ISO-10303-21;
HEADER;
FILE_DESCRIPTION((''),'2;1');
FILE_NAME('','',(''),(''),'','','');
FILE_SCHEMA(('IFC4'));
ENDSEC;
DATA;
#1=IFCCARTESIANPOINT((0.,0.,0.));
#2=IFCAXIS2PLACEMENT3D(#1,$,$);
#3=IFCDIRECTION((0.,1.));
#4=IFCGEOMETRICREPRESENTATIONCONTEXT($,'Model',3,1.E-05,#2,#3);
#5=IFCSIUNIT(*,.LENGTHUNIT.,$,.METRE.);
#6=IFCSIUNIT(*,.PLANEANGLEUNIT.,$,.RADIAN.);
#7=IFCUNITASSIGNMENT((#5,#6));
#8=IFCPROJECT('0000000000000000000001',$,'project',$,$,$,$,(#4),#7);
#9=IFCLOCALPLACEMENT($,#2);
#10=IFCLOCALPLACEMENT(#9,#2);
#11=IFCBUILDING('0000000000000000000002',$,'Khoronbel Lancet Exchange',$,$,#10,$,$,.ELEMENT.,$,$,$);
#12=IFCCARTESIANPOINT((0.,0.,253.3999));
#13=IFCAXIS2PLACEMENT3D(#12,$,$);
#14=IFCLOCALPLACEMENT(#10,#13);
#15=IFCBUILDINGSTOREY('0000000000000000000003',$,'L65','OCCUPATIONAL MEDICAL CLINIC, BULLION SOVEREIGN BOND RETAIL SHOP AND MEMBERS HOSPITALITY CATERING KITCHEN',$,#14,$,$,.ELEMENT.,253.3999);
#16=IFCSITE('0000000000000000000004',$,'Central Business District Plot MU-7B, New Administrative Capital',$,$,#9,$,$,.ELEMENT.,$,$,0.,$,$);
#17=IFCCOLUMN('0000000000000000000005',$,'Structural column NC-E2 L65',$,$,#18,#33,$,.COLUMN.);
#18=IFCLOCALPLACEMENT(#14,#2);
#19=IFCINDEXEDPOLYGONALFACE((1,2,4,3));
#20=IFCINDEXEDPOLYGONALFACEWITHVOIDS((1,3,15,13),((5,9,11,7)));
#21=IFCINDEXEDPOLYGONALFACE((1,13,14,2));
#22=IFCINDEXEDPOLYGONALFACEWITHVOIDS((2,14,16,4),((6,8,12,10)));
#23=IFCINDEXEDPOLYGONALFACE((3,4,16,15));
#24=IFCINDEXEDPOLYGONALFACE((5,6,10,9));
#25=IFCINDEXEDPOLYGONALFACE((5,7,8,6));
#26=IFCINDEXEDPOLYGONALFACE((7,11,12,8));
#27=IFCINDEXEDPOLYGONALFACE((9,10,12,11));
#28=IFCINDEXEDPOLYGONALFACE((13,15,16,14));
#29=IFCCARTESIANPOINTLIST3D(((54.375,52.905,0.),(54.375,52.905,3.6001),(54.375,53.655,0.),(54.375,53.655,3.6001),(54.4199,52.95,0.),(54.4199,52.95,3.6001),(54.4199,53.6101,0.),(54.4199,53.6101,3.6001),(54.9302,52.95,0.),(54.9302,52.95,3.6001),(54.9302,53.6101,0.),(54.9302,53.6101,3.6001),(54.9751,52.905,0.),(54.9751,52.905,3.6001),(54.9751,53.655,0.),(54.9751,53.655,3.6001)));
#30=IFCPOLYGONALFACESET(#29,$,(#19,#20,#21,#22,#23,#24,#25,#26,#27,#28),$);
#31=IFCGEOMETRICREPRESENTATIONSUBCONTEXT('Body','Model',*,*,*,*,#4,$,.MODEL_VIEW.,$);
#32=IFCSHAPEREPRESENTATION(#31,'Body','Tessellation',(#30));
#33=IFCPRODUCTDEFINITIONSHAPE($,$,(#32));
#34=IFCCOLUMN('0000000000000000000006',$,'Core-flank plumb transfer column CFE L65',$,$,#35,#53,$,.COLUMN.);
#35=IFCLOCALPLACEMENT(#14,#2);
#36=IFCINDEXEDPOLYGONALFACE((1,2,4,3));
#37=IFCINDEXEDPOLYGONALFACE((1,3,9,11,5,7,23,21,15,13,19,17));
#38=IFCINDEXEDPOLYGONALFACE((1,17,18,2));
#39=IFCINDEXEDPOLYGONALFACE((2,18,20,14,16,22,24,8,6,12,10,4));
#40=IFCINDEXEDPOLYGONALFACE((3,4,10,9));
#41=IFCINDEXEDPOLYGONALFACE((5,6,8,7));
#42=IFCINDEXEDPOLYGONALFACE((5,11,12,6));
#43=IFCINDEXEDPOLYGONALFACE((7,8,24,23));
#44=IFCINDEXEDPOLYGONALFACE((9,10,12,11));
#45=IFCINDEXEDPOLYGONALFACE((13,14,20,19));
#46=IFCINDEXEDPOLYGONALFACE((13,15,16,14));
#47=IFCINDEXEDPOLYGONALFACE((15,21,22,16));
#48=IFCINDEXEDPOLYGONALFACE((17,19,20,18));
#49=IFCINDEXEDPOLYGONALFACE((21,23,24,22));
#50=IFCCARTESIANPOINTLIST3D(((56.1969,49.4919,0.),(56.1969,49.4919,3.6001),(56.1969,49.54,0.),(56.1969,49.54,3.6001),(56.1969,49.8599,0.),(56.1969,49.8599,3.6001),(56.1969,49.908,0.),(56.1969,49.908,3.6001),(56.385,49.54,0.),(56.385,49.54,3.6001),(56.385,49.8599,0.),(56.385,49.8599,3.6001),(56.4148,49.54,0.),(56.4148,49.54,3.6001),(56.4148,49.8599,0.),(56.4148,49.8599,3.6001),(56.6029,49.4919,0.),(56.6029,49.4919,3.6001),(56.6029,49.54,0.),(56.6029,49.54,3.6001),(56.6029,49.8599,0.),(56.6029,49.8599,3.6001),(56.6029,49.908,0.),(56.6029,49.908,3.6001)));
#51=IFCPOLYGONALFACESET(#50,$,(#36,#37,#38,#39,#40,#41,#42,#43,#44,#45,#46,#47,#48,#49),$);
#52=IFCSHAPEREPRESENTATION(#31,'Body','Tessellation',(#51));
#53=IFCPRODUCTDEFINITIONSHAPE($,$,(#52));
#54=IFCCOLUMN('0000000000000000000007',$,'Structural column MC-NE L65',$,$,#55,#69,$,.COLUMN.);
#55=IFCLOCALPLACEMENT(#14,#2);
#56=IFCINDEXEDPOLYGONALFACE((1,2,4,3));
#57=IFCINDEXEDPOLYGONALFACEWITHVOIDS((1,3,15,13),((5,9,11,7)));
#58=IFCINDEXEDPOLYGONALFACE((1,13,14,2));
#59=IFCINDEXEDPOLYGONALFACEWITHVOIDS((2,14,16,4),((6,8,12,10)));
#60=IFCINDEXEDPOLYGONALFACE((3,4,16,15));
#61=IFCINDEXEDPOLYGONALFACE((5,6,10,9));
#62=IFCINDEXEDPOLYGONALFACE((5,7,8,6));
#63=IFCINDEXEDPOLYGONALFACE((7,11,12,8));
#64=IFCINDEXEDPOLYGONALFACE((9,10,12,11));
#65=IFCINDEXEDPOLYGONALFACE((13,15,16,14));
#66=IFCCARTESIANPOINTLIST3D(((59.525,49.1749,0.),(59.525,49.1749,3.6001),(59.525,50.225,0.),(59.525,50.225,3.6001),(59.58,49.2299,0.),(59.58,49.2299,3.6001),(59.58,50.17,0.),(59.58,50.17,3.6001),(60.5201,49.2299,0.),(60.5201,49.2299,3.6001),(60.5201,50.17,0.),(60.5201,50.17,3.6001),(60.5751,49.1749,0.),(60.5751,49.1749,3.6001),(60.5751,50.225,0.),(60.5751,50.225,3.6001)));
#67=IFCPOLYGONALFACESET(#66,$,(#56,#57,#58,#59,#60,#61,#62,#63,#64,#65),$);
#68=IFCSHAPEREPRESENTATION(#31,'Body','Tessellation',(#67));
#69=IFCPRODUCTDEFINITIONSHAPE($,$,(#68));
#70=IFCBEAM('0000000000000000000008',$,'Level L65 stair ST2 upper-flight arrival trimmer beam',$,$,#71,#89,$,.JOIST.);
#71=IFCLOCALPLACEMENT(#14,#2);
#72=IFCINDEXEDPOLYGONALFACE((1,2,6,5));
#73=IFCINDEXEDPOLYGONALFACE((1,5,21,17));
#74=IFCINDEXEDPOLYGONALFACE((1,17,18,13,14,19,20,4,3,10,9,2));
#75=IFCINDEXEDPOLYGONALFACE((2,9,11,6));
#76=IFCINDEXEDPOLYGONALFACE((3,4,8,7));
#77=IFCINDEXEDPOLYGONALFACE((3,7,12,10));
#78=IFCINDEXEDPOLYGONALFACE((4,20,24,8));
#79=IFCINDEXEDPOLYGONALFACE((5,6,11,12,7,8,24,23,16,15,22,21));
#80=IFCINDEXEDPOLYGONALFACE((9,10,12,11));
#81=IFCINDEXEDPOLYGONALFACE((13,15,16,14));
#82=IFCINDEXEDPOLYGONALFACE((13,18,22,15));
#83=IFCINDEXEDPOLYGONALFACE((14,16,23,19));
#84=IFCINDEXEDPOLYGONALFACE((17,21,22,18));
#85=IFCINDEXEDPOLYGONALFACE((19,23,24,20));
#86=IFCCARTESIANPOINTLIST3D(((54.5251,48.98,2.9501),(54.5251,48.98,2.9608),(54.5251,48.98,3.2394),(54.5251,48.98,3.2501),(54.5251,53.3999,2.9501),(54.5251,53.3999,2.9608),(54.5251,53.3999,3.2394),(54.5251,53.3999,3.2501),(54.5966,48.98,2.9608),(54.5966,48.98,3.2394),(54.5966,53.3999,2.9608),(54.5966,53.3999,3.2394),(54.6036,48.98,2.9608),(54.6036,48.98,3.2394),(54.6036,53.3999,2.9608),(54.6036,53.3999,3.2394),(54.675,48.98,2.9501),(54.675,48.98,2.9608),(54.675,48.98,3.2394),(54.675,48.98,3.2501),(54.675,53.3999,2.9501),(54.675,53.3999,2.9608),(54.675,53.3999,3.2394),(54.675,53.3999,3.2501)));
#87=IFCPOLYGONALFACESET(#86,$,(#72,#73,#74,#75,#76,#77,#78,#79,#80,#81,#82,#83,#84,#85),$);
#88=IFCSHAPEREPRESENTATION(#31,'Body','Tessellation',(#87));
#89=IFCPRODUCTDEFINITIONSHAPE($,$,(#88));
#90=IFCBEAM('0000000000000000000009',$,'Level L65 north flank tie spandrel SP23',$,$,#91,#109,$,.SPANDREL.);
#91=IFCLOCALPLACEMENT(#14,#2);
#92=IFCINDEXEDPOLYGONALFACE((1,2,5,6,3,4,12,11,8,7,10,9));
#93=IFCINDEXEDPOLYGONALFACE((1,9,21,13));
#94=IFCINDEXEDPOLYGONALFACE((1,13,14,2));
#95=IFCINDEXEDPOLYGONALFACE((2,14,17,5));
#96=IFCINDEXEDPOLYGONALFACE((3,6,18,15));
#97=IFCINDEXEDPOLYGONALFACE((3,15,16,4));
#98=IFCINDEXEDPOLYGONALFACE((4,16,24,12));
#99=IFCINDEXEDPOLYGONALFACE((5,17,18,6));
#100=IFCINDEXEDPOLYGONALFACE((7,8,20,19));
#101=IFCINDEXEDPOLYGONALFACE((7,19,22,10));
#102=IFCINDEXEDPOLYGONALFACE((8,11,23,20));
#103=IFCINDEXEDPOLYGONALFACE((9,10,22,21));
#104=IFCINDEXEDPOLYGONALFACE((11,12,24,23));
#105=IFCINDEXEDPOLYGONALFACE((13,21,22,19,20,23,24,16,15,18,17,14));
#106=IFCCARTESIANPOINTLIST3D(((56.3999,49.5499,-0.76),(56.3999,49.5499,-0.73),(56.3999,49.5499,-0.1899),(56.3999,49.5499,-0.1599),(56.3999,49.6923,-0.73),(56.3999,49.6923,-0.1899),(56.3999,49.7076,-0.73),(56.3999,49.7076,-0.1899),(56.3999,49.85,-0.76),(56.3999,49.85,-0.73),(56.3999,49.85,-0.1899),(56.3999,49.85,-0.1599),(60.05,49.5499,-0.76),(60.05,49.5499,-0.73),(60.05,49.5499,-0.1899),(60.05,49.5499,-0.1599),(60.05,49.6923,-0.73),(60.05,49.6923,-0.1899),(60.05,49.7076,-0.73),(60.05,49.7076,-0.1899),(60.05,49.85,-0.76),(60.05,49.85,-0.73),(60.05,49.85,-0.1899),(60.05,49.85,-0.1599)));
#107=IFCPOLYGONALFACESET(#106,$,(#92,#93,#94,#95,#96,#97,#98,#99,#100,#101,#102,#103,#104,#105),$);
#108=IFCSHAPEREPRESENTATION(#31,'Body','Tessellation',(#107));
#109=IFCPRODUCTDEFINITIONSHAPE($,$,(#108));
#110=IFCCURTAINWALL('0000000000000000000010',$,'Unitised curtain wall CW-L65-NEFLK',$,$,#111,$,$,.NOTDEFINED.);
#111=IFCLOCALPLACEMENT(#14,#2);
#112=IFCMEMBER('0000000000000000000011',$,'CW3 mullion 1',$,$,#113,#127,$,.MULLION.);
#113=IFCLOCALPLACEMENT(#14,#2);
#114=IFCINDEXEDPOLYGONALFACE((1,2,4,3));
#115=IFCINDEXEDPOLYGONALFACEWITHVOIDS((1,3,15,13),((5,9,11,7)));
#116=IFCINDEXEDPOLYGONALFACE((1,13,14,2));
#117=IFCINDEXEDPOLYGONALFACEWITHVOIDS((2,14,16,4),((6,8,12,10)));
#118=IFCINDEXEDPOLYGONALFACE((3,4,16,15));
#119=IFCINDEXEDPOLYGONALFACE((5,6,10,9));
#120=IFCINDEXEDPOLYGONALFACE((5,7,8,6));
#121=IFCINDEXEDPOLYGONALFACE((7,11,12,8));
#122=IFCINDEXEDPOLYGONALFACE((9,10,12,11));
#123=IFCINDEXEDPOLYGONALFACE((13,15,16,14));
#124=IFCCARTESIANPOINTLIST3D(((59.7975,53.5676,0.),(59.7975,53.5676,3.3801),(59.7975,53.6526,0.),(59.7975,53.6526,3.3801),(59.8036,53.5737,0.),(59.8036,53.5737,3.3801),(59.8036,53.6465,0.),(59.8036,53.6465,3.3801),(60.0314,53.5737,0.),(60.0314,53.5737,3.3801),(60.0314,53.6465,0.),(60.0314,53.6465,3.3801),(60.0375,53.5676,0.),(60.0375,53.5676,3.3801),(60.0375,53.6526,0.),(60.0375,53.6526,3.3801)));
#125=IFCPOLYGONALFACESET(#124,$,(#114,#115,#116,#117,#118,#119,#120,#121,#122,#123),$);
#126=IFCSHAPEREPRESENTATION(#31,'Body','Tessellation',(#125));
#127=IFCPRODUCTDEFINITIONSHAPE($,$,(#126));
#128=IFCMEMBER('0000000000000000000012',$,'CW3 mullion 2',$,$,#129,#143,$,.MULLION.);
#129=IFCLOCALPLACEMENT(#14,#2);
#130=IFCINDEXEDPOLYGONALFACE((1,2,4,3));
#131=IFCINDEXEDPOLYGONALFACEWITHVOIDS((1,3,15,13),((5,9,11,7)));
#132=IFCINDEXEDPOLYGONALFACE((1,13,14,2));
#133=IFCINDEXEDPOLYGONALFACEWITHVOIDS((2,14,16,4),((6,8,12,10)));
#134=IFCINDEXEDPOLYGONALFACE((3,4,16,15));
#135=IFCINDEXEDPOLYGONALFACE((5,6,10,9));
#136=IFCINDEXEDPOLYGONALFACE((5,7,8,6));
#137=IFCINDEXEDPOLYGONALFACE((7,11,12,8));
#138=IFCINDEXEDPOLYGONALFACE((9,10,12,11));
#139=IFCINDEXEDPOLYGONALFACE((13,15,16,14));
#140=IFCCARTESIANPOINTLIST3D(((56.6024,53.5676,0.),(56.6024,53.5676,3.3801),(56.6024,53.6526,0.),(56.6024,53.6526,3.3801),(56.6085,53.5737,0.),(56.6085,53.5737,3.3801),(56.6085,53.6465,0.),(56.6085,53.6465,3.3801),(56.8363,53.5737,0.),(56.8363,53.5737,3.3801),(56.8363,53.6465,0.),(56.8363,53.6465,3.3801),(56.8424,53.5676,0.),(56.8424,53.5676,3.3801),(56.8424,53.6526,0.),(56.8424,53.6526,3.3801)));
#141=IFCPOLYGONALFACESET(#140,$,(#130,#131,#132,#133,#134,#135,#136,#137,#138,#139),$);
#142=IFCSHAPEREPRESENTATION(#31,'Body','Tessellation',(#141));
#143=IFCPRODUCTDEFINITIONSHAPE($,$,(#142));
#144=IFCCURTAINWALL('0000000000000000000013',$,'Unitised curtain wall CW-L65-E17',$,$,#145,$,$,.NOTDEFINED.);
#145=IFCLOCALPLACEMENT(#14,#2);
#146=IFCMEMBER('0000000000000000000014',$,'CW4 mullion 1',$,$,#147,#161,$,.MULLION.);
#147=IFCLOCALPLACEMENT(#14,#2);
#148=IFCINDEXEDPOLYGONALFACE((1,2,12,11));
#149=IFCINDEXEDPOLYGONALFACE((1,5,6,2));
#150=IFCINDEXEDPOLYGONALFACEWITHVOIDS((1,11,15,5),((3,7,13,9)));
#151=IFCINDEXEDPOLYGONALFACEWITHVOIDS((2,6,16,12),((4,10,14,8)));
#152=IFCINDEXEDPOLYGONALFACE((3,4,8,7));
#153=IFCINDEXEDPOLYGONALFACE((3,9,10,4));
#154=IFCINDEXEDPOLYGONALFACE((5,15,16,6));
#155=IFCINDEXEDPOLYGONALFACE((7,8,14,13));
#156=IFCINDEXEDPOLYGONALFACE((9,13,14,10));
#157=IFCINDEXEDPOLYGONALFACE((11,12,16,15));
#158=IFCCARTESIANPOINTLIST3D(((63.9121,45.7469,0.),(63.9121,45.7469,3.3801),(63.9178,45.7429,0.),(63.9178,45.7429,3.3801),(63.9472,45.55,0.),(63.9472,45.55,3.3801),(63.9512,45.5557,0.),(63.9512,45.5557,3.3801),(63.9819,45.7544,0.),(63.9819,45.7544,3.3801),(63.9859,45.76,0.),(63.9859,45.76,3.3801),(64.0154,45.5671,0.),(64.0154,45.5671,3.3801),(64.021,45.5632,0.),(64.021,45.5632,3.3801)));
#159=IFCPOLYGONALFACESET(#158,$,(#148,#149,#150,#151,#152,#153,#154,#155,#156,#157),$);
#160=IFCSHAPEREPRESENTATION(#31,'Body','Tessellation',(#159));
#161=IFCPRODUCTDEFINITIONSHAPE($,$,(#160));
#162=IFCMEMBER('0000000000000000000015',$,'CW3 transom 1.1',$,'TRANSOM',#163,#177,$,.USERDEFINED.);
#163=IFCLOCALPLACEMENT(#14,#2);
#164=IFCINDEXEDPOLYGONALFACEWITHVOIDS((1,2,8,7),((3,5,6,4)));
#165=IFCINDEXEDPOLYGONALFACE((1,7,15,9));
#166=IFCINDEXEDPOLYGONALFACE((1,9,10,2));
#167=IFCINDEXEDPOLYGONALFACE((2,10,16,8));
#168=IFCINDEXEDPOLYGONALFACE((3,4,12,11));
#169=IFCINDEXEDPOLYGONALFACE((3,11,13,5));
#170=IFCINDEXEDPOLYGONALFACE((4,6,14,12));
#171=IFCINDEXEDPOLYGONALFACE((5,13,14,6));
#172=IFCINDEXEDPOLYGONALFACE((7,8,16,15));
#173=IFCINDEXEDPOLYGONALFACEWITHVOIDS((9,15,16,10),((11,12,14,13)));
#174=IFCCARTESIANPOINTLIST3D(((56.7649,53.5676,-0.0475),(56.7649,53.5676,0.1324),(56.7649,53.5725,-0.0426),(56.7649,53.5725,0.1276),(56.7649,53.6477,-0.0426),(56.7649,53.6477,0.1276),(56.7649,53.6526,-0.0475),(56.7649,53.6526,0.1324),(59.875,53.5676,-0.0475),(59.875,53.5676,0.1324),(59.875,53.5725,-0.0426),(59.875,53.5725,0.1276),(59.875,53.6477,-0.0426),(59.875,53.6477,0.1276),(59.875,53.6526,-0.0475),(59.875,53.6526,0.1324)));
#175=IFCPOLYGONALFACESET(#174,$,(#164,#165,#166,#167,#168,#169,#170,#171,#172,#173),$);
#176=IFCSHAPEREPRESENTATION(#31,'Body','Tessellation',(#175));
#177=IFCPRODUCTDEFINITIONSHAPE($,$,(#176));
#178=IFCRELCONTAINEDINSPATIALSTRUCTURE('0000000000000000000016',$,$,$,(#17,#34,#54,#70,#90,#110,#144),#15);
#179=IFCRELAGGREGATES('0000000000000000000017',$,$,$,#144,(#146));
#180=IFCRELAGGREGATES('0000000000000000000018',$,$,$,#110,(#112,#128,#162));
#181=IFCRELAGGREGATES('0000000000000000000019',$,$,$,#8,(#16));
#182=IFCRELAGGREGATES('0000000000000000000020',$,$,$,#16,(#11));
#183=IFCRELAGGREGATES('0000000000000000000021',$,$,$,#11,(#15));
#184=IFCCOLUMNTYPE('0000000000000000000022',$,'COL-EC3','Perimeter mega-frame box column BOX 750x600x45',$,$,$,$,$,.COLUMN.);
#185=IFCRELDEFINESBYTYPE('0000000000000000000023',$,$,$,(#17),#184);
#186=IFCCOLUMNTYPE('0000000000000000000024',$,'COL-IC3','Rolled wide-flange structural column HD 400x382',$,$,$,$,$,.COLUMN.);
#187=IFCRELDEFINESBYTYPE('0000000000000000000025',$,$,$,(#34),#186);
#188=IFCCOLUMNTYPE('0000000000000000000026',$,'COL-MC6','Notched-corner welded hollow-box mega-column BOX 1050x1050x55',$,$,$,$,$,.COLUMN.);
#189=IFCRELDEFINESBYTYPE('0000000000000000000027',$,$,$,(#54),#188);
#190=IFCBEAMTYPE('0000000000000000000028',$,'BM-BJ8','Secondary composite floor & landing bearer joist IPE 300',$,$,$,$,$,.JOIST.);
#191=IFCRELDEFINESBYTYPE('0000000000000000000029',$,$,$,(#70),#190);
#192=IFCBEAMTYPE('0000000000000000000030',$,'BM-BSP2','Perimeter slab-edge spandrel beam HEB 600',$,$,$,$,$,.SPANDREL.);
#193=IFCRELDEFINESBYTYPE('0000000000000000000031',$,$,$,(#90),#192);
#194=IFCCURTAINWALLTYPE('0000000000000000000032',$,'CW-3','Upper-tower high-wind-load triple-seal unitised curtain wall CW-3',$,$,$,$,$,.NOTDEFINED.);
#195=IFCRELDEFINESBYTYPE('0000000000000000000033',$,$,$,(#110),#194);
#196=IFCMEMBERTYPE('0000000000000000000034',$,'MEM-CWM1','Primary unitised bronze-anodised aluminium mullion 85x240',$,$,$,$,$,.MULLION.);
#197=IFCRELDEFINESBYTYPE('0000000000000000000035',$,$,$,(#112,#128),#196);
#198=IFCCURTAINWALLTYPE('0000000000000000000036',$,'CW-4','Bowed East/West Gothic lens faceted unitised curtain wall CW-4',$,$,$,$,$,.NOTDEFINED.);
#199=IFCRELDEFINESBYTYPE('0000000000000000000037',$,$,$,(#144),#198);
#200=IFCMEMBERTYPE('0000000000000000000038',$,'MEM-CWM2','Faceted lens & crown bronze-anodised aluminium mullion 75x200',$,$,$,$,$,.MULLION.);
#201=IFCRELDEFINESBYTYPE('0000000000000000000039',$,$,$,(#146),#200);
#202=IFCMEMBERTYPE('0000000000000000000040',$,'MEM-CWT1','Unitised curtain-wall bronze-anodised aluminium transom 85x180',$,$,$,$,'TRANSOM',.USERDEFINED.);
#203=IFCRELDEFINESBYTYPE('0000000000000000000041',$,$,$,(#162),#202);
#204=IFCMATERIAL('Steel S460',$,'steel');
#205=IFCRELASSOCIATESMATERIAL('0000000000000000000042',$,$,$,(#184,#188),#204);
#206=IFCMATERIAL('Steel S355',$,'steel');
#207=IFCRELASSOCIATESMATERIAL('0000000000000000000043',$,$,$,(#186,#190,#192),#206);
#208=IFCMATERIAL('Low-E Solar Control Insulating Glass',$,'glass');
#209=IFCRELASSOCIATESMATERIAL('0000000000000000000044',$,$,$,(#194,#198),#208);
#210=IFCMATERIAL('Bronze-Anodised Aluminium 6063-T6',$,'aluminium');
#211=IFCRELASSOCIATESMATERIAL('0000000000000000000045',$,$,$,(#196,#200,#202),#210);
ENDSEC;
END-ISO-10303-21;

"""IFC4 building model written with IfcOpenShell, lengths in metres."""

from ifc_helpers import new_model, si_unit, direction, frame, origin, origin_2d, place, context, subcontext, project, spatial, hollow_rectangle, i_section, extrude, material, material_profile, profile_set, type_object, element, aggregate, save


model = new_model("IFC4")

# Units and contexts
model_context = context("Model", 3, precision=1e-05, world=origin(), true_north=direction((0.0, 1.0)))
body_context = subcontext(model_context, "Body", "Model", "MODEL_VIEW")
ifc_project = project(units=[si_unit("LENGTHUNIT", "METRE"), si_unit("PLANEANGLEUNIT", "RADIAN")], contexts=[model_context])

# Site, building, storey
site_placement = place(None, origin())
site = spatial("IfcSite", under=ifc_project, at=site_placement, Name="Central Business District Plot MU-7B, New Administrative Capital", CompositionType="ELEMENT", RefElevation=0.0)
building_placement = place(site_placement, origin())
building = spatial("IfcBuilding", under=site, at=building_placement, Name="Khoronbel Lancet Exchange", CompositionType="ELEMENT")
storey_placement = place(building_placement, frame((0.0, 0.0, 253.3999)))
storey = spatial("IfcBuildingStorey", under=building, at=storey_placement, Name="L65", Description="OCCUPATIONAL MEDICAL CLINIC, BULLION SOVEREIGN BOND RETAIL SHOP AND MEMBERS HOSPITALITY CATERING KITCHEN", CompositionType="ELEMENT", Elevation=253.3999)

# Columns
ifc_material_1 = material(Name="Steel S460", Category="steel")
ifc_material_profile_1 = material_profile(ifc_material_1, hollow_rectangle(XDim=0.6001, YDim=0.75, WallThickness=0.0449, at=origin_2d()), Name="BOX 750x600x45")
ifc_profile_set_1 = profile_set([ifc_material_profile_1], Name="Steel S460")
column_type_1 = type_object("IfcColumnType", Name="COL-EC3", Description="Perimeter mega-frame box column BOX 750x600x45", PredefinedType="COLUMN", material=ifc_profile_set_1)
column_1_placement = place(storey_placement, frame((54.675, 53.28, 0.0), z_axis=(0.0, 0.0, 1.0), x_axis=(1.0, 0.0, 0.0)))
element("IfcColumn", 1, at=column_1_placement, inside=storey, type_object=column_type_1, Name="Structural column NC-E2 L65", PredefinedType="COLUMN", context=body_context, shape_type="SweptSolid", body=[
    extrude(hollow_rectangle(XDim=0.6001, YDim=0.75, WallThickness=0.0449, at=origin_2d()), origin(), (0.0, 0.0, 1.0), 3.6001),
])
ifc_material_2 = material(Name="Steel S355", Category="steel")
ifc_material_profile_2 = material_profile(ifc_material_2, i_section(OverallWidth=0.406, OverallDepth=0.416, WebThickness=0.0298, FlangeThickness=0.0481, at=origin_2d()), Name="HD 400x382")
ifc_profile_set_2 = profile_set([ifc_material_profile_2], Name="Steel S355")
column_type_2 = type_object("IfcColumnType", Name="COL-IC3", Description="Rolled wide-flange structural column HD 400x382", PredefinedType="COLUMN", material=ifc_profile_set_2)
column_2_placement = place(storey_placement, frame((56.3999, 49.7, 0.0), z_axis=(0.0, 0.0, 1.0), x_axis=(1.0, 0.0, 0.0)))
element("IfcColumn", 2, at=column_2_placement, inside=storey, type_object=column_type_2, Name="Core-flank plumb transfer column CFE L65", PredefinedType="COLUMN", context=body_context, shape_type="SweptSolid", body=[
    extrude(i_section(OverallWidth=0.406, OverallDepth=0.416, WebThickness=0.0298, FlangeThickness=0.0481, at=origin_2d()), origin(), (0.0, 0.0, 1.0), 3.6001),
])
ifc_material_profile_3 = material_profile(ifc_material_1, hollow_rectangle(XDim=1.05, YDim=1.05, WallThickness=0.0549, at=origin_2d()), Name="BOX 1050x1050x55")
ifc_profile_set_3 = profile_set([ifc_material_profile_3], Name="Steel S460")
column_type_3 = type_object("IfcColumnType", Name="COL-MC6", Description="Notched-corner welded hollow-box mega-column BOX 1050x1050x55", PredefinedType="COLUMN", material=ifc_profile_set_3)
column_3_placement = place(storey_placement, frame((60.05, 49.7, 0.0), z_axis=(0.0, 0.0, 1.0), x_axis=(1.0, 0.0, 0.0)))
element("IfcColumn", 3, at=column_3_placement, inside=storey, type_object=column_type_3, Name="Structural column MC-NE L65", PredefinedType="COLUMN", context=body_context, shape_type="SweptSolid", body=[
    extrude(hollow_rectangle(XDim=1.05, YDim=1.05, WallThickness=0.0549, at=origin_2d()), origin(), (0.0, 0.0, 1.0), 3.6001),
])

# Beams
ifc_material_profile_4 = material_profile(ifc_material_2, i_section(OverallWidth=0.1499, OverallDepth=0.3, WebThickness=0.0071, FlangeThickness=0.0107, at=origin_2d()), Name="IPE 300")
ifc_profile_set_4 = profile_set([ifc_material_profile_4], Name="Steel S355")
beam_type_1 = type_object("IfcBeamType", Name="BM-BJ8", Description="Secondary composite floor & landing bearer joist IPE 300", PredefinedType="JOIST", material=ifc_profile_set_4)
beam_1_placement = place(storey_placement, frame((54.6001, 48.98, 3.1001), z_axis=(0.0, 1.0, 0.0), x_axis=(-1.0, 0.0, 0.0)))
element("IfcBeam", 4, at=beam_1_placement, inside=storey, type_object=beam_type_1, Name="Level L65 stair ST2 upper-flight arrival trimmer beam", PredefinedType="JOIST", context=body_context, shape_type="SweptSolid", body=[
    extrude(i_section(OverallWidth=0.1499, OverallDepth=0.3, WebThickness=0.0071, FlangeThickness=0.0107, at=origin_2d()), origin(), (0.0, 0.0, 1.0), 4.4199),
])
ifc_material_profile_5 = material_profile(ifc_material_2, i_section(OverallWidth=0.3, OverallDepth=0.6001, WebThickness=0.0154, FlangeThickness=0.03, at=origin_2d()), Name="HEB 600")
ifc_profile_set_5 = profile_set([ifc_material_profile_5], Name="Steel S355")
beam_type_2 = type_object("IfcBeamType", Name="BM-BSP2", Description="Perimeter slab-edge spandrel beam HEB 600", PredefinedType="SPANDREL", material=ifc_profile_set_5)
beam_2_placement = place(storey_placement, frame((60.05, 49.7, -0.46), z_axis=(-1.0, 0.0, 0.0), x_axis=(0.0, -1.0, 0.0)))
element("IfcBeam", 5, at=beam_2_placement, inside=storey, type_object=beam_type_2, Name="Level L65 north flank tie spandrel SP23", PredefinedType="SPANDREL", context=body_context, shape_type="SweptSolid", body=[
    extrude(i_section(OverallWidth=0.3, OverallDepth=0.6001, WebThickness=0.0154, FlangeThickness=0.03, at=origin_2d()), origin(), (0.0, 0.0, 1.0), 3.6501),
])

# Curtain wall, members
ifc_material_3 = material(Name="Low-E Solar Control Insulating Glass", Category="glass")
curtain_wall_type_1 = type_object("IfcCurtainWallType", Name="CW-3", Description="Upper-tower high-wind-load triple-seal unitised curtain wall CW-3", PredefinedType="NOTDEFINED", material=ifc_material_3)
curtain_wall_1_placement = place(storey_placement, origin())
curtain_wall_1 = element("IfcCurtainWall", 6, at=curtain_wall_1_placement, inside=storey, type_object=curtain_wall_type_1, Name="Unitised curtain wall CW-L65-NEFLK", PredefinedType="NOTDEFINED")
ifc_material_4 = material(Name="Bronze-Anodised Aluminium 6063-T6", Category="aluminium")
ifc_material_profile_6 = material_profile(ifc_material_4, hollow_rectangle(XDim=0.085, YDim=0.24, WallThickness=0.0061, at=origin_2d()), Name="ALU MULLION 85x240")
ifc_profile_set_6 = profile_set([ifc_material_profile_6], Name="Bronze-Anodised Aluminium 6063-T6")
member_type_1 = type_object("IfcMemberType", Name="MEM-CWM1", Description="Primary unitised bronze-anodised aluminium mullion 85x240", PredefinedType="MULLION", material=ifc_profile_set_6)
member_1_placement = place(storey_placement, frame((59.9175, 53.6101, 0.0), z_axis=(0.0, 0.0, 1.0), x_axis=(0.0, -1.0, 0.0)))
member_1 = element("IfcMember", 7, at=member_1_placement, type_object=member_type_1, Name="CW3 mullion 1", PredefinedType="MULLION", context=body_context, shape_type="SweptSolid", body=[
    extrude(hollow_rectangle(XDim=0.085, YDim=0.24, WallThickness=0.0061, at=origin_2d()), origin(), (0.0, 0.0, 1.0), 3.3801),
])
member_2_placement = place(storey_placement, frame((56.7224, 53.6101, 0.0), z_axis=(0.0, 0.0, 1.0), x_axis=(0.0, -1.0, 0.0)))
member_2 = element("IfcMember", 8, at=member_2_placement, type_object=member_type_1, Name="CW3 mullion 2", PredefinedType="MULLION", context=body_context, shape_type="SweptSolid", body=[
    extrude(hollow_rectangle(XDim=0.085, YDim=0.24, WallThickness=0.0061, at=origin_2d()), origin(), (0.0, 0.0, 1.0), 3.3801),
])

# Curtain wall, member
curtain_wall_type_2 = type_object("IfcCurtainWallType", Name="CW-4", Description="Bowed East/West Gothic lens faceted unitised curtain wall CW-4", PredefinedType="NOTDEFINED", material=ifc_material_3)
curtain_wall_2_placement = place(storey_placement, origin())
curtain_wall_2 = element("IfcCurtainWall", 9, at=curtain_wall_2_placement, inside=storey, type_object=curtain_wall_type_2, Name="Unitised curtain wall CW-L65-E17", PredefinedType="NOTDEFINED")
ifc_material_profile_7 = material_profile(ifc_material_4, hollow_rectangle(XDim=0.075, YDim=0.2, WallThickness=0.0049, at=origin_2d()), Name="ALU MULLION 75x200")
ifc_profile_set_7 = profile_set([ifc_material_profile_7], Name="Bronze-Anodised Aluminium 6063-T6")
member_type_2 = type_object("IfcMemberType", Name="MEM-CWM2", Description="Faceted lens & crown bronze-anodised aluminium mullion 75x200", PredefinedType="MULLION", material=ifc_profile_set_7)
member_3_placement = place(storey_placement, frame((63.9666, 45.655, 0.0), z_axis=(0.0, 0.0, 1.0), x_axis=(0.984426, 0.175801, 0.0)))
member_3 = element("IfcMember", 10, at=member_3_placement, type_object=member_type_2, Name="CW4 mullion 1", PredefinedType="MULLION", context=body_context, shape_type="SweptSolid", body=[
    extrude(hollow_rectangle(XDim=0.075, YDim=0.2, WallThickness=0.0049, at=origin_2d()), origin(), (0.0, 0.0, 1.0), 3.3801),
])
aggregate(curtain_wall_2, [member_3])

# Member
ifc_material_profile_8 = material_profile(ifc_material_4, hollow_rectangle(XDim=0.085, YDim=0.1799, WallThickness=0.0049, at=origin_2d()), Name="ALU TRANSOM 85x180")
ifc_profile_set_8 = profile_set([ifc_material_profile_8], Name="Bronze-Anodised Aluminium 6063-T6")
member_type_3 = type_object("IfcMemberType", Name="MEM-CWT1", Description="Unitised curtain-wall bronze-anodised aluminium transom 85x180", ElementType="TRANSOM", PredefinedType="USERDEFINED", material=ifc_profile_set_8)
member_4_placement = place(storey_placement, frame((59.875, 53.6101, 0.0425), z_axis=(-1.0, 0.0, 0.0), x_axis=(0.0, -1.0, 0.0)))
member_4 = element("IfcMember", 11, at=member_4_placement, type_object=member_type_3, Name="CW3 transom 1.1", ObjectType="TRANSOM", PredefinedType="USERDEFINED", context=body_context, shape_type="SweptSolid", body=[
    extrude(hollow_rectangle(XDim=0.085, YDim=0.1799, WallThickness=0.0049, at=origin_2d()), origin(), (0.0, 0.0, 1.0), 3.1101),
])

aggregate(curtain_wall_1, [member_1, member_2, member_4])

save(model, "model.ifc")
